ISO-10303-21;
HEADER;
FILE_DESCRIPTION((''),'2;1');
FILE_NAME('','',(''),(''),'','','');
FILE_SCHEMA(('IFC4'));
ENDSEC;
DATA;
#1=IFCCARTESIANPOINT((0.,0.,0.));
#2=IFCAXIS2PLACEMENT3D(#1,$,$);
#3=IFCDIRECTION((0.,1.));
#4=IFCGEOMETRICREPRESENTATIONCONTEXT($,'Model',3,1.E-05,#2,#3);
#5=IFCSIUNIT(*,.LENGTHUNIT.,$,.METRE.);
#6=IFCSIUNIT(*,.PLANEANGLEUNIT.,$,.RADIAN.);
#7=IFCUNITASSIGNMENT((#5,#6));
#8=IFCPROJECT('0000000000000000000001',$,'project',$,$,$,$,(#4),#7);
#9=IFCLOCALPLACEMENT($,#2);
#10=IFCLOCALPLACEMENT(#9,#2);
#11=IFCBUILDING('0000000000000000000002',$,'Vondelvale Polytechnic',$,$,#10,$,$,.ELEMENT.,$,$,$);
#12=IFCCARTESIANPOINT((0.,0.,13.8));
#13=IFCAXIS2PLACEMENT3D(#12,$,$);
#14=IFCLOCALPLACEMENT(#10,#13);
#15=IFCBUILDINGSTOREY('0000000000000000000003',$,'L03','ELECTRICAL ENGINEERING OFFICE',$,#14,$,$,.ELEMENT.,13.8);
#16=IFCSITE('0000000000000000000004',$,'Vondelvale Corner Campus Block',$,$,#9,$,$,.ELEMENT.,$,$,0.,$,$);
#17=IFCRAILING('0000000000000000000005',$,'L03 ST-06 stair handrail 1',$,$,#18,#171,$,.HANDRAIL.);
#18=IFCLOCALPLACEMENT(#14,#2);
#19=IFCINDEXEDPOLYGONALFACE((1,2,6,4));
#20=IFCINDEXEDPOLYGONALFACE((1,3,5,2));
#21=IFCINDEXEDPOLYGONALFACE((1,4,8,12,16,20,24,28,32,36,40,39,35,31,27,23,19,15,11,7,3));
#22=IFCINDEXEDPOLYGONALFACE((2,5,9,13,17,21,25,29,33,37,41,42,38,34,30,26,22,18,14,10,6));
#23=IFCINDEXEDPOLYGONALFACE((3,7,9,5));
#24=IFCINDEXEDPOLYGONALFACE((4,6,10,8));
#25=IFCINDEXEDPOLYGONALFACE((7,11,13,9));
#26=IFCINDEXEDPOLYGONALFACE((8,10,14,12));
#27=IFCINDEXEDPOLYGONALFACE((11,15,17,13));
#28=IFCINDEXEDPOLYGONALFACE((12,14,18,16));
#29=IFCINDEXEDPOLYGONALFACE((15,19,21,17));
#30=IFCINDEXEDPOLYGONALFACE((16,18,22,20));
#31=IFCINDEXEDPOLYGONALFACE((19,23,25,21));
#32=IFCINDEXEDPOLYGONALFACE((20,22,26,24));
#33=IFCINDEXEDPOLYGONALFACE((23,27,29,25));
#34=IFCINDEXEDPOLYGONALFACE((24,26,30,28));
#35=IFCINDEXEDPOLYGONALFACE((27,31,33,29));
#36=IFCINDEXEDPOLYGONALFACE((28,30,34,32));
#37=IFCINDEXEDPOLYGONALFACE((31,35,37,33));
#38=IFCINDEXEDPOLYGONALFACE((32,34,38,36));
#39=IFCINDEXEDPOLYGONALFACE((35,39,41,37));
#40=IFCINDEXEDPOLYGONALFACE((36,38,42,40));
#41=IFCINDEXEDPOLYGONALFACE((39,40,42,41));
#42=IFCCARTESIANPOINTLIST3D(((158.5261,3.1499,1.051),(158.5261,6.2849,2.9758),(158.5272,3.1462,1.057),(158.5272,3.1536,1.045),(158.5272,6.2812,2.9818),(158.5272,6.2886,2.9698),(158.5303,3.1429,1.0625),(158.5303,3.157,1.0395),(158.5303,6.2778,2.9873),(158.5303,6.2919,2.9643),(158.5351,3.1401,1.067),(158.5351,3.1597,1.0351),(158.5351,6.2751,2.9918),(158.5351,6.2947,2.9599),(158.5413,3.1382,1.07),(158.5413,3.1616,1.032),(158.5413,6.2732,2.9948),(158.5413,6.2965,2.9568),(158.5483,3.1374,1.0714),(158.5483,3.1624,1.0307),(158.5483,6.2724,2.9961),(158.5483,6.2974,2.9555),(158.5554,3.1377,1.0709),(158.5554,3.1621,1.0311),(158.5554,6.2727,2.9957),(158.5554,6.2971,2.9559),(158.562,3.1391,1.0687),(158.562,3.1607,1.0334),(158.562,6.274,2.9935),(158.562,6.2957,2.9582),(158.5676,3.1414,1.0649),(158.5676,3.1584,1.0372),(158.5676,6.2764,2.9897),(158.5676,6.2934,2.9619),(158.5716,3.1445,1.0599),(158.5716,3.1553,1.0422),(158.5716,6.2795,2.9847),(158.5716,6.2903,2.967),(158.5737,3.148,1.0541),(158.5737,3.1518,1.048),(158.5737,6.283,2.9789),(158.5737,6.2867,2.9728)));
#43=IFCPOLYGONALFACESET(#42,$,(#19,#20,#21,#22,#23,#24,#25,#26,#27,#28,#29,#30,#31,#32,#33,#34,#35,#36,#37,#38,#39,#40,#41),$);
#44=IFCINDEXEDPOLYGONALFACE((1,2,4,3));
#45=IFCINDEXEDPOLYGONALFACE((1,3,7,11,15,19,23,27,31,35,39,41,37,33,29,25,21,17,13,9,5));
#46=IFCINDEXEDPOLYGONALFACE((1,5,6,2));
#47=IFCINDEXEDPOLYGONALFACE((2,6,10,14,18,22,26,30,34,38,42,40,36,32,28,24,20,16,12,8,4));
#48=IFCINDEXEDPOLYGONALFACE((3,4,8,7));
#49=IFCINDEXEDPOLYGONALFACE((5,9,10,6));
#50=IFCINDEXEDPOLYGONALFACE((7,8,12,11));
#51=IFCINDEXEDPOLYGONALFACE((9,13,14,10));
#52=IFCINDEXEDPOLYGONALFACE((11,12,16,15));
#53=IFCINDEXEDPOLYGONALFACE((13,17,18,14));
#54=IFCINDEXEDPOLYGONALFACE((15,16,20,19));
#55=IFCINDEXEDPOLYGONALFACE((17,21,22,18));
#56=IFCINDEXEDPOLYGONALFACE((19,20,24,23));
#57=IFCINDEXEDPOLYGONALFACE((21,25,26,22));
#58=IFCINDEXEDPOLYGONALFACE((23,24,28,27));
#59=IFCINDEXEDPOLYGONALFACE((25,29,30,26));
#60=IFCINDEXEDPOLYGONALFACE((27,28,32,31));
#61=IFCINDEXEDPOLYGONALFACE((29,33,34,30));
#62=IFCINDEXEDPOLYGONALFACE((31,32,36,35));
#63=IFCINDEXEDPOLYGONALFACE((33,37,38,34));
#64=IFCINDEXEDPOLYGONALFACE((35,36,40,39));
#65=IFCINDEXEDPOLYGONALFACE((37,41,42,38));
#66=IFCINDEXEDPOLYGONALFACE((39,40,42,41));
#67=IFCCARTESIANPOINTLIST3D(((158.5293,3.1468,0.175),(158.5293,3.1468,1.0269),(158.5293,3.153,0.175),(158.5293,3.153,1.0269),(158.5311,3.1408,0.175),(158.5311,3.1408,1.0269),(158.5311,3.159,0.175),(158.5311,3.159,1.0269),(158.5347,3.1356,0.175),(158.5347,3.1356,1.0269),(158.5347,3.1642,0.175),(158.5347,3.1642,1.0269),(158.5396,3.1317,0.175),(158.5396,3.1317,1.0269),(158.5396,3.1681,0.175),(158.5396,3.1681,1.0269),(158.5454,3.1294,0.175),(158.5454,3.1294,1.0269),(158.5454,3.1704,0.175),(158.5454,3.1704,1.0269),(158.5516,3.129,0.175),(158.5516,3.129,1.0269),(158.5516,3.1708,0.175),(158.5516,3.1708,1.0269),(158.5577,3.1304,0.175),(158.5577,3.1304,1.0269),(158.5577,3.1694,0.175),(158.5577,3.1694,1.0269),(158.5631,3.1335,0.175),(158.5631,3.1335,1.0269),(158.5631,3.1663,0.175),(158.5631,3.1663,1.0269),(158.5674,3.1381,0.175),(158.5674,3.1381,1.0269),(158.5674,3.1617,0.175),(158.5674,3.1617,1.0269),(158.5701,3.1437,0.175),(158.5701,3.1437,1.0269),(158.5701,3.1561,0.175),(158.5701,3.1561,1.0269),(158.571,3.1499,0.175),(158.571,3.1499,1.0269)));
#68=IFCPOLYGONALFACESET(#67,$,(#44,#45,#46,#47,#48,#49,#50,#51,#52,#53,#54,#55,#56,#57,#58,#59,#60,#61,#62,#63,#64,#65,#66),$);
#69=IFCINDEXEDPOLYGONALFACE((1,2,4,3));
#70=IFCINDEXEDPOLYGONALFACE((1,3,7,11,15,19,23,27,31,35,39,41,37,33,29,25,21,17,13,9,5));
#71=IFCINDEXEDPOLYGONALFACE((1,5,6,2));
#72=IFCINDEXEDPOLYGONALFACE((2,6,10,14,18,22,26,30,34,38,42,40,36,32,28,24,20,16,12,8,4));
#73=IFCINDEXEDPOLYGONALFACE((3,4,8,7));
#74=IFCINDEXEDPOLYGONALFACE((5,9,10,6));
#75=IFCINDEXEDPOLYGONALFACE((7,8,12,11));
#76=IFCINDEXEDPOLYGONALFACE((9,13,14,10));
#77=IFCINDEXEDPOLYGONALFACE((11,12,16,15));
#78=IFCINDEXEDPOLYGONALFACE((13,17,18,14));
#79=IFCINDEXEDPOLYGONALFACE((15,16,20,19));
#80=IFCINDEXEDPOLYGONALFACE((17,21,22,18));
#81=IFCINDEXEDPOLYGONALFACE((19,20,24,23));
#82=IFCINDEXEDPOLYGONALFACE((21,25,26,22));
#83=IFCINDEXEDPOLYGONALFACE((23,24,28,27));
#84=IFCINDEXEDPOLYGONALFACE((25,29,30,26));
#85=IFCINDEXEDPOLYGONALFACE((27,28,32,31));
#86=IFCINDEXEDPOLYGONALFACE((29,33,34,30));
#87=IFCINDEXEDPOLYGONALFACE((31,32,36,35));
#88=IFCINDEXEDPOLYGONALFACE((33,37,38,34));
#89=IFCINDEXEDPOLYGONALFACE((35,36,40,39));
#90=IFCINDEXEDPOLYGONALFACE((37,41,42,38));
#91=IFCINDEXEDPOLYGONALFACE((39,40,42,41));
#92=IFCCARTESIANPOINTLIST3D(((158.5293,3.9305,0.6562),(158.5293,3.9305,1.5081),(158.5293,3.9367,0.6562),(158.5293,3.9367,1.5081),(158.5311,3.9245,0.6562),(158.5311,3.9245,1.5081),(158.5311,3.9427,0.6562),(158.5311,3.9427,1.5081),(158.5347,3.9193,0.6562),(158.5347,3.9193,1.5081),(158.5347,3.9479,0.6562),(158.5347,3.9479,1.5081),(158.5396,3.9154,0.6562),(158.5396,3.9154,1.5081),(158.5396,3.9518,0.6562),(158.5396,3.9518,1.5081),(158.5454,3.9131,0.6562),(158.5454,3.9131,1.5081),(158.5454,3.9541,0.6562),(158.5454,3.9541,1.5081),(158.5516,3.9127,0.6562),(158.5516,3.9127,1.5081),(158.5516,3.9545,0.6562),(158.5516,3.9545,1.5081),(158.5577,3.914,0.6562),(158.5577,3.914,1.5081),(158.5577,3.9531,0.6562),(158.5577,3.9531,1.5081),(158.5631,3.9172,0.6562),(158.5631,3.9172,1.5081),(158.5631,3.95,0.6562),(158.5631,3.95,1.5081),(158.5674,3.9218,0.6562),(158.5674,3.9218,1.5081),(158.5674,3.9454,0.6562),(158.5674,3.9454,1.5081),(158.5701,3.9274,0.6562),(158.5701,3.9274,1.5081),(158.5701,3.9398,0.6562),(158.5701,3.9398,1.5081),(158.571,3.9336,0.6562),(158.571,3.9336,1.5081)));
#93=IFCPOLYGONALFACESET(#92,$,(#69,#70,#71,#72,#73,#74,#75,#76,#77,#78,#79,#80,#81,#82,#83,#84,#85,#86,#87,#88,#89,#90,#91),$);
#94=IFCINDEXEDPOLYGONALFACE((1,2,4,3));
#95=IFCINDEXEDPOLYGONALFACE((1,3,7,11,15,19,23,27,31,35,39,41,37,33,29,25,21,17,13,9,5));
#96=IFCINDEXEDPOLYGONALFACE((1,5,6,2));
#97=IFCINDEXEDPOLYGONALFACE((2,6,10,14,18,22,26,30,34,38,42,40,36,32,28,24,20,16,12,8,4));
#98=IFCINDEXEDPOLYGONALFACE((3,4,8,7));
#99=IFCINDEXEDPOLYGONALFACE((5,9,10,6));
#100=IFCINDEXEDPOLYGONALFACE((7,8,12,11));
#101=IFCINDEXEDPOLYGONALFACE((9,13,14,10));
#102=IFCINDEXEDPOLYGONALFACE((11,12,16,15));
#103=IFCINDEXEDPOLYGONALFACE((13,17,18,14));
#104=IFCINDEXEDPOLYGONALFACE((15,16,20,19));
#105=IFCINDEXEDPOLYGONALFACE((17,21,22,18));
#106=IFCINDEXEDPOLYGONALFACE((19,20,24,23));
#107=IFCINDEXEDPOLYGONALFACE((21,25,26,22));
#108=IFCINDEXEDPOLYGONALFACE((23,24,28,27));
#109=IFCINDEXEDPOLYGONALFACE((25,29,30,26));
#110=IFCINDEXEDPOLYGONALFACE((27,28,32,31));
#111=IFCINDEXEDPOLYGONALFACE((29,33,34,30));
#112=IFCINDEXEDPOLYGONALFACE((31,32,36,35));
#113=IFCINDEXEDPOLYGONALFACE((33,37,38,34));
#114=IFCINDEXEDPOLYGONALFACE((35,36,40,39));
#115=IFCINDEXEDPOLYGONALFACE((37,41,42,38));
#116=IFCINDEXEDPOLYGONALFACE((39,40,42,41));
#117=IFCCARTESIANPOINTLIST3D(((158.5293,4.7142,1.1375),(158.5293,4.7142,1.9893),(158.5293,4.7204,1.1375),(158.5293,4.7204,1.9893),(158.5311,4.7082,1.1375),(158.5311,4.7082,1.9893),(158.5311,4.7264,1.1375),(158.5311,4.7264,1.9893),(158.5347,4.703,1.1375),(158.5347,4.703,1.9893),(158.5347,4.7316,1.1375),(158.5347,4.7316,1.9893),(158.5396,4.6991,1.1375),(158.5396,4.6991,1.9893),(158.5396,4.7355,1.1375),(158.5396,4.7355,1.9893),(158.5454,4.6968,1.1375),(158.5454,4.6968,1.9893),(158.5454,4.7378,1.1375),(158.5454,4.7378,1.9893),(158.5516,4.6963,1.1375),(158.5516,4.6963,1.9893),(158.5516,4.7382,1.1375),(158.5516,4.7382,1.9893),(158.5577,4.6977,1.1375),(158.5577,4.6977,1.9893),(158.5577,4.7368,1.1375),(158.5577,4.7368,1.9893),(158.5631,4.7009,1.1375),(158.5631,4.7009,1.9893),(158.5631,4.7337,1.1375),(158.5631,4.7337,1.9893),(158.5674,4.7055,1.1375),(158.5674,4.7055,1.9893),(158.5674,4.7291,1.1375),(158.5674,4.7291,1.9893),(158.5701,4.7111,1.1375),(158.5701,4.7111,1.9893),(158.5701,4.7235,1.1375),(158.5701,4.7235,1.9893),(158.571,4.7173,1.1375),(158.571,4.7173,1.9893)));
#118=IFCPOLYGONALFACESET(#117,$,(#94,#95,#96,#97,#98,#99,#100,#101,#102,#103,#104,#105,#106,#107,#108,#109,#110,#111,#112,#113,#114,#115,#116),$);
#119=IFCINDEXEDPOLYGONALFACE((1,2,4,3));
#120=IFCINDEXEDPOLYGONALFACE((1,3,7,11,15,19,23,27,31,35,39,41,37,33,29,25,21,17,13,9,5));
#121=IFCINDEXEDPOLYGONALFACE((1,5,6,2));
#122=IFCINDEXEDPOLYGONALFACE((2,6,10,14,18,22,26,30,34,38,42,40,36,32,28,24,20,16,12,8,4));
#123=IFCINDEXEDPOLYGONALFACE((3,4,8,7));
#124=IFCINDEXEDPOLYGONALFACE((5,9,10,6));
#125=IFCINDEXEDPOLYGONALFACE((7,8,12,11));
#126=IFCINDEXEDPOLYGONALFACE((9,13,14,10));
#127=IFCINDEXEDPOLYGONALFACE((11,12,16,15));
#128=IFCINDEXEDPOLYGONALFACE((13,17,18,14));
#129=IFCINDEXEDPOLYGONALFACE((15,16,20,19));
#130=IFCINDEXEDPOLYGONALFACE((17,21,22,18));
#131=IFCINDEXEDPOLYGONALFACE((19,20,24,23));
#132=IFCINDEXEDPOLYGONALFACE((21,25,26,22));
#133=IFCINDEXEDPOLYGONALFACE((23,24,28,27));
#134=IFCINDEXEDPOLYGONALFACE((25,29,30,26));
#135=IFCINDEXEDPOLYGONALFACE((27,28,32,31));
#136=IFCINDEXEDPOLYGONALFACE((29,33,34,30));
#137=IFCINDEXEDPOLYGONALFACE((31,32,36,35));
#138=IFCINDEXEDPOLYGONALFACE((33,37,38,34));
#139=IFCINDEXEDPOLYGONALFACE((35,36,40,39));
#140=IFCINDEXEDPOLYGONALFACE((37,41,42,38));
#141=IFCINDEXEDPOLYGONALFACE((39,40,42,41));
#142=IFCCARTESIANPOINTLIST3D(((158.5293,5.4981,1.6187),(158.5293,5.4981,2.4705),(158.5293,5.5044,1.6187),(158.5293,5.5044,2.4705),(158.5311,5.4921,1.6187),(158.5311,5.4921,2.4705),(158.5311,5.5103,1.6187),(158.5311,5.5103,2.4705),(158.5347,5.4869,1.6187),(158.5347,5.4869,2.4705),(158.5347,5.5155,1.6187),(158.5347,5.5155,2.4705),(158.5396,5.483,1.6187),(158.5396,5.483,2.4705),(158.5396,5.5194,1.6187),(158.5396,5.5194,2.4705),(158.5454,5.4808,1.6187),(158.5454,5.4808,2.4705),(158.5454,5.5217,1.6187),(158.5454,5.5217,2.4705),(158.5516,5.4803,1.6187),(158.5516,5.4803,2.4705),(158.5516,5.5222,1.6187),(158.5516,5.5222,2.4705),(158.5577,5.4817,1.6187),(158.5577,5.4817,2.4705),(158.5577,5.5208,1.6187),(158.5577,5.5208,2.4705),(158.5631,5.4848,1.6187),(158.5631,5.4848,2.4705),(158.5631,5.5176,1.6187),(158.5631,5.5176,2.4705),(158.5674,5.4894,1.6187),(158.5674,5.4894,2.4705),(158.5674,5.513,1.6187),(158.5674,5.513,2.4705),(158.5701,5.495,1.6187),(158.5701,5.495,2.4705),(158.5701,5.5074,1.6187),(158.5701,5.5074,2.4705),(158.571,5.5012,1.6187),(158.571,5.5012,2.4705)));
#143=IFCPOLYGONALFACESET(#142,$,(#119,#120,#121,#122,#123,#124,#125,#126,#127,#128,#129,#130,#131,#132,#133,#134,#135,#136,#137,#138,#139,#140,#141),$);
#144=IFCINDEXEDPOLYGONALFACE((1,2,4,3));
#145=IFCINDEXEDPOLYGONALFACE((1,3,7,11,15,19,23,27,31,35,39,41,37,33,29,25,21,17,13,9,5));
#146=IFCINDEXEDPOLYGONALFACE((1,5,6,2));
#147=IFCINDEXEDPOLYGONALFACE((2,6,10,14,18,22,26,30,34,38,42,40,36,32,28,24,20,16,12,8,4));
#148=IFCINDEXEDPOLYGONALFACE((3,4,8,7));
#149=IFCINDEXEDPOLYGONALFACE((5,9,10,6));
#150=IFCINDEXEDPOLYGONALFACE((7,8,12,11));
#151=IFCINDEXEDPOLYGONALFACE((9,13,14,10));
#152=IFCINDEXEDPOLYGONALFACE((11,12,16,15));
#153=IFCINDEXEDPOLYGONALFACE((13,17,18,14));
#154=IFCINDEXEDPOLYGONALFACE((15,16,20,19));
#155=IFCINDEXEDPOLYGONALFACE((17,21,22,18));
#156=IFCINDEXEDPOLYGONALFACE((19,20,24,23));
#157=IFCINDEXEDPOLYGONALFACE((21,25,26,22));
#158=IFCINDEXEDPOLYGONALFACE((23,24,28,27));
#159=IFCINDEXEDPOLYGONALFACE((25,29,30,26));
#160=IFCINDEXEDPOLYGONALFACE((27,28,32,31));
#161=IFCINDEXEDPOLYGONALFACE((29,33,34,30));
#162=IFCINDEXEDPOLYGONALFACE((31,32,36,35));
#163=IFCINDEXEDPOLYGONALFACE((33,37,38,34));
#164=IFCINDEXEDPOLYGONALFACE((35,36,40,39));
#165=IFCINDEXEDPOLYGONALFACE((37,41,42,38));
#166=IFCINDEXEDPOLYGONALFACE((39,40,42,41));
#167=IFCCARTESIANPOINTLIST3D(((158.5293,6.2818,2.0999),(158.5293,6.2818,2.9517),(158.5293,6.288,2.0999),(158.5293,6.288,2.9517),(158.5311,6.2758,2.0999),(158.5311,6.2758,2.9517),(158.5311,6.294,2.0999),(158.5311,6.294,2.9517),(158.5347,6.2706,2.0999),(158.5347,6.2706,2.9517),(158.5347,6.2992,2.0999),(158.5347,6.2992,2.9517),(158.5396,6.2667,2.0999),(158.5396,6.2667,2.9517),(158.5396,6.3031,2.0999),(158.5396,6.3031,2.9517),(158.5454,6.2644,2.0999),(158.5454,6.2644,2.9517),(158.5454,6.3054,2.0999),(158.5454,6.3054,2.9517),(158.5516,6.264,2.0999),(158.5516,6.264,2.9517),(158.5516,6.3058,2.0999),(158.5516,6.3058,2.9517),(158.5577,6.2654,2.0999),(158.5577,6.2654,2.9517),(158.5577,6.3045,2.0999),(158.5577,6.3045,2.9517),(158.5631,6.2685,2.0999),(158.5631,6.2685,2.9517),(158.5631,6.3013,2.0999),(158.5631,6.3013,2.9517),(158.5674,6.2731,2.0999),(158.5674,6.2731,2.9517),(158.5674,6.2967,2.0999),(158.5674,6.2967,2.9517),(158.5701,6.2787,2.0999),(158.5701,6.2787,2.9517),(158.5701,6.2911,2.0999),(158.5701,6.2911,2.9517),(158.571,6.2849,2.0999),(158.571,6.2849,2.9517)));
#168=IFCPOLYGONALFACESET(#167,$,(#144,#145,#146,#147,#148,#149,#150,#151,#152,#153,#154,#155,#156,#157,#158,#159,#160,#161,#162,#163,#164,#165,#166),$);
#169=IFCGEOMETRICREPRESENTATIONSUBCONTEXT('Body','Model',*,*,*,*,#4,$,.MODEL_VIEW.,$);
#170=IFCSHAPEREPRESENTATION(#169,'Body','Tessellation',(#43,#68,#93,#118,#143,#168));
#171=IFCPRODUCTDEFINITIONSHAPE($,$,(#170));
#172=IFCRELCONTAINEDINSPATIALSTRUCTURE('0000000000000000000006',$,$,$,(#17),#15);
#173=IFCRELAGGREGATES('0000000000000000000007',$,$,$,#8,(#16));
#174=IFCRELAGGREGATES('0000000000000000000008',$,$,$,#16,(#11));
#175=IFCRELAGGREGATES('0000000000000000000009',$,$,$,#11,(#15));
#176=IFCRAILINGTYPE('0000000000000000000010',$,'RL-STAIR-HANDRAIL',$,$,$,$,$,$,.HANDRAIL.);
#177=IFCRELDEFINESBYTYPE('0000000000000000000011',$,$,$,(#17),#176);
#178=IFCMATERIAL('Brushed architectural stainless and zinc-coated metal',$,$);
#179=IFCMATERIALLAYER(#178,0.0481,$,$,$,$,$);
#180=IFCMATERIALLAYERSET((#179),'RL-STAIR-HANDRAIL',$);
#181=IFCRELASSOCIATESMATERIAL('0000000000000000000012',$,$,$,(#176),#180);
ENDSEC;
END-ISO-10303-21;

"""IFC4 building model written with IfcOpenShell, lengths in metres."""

from ifc_helpers import new_model, si_unit, direction, frame, origin, origin_2d, place, context, subcontext, project, spatial, circle, extrude, material, layer, layer_set, type_object, element, save


model = new_model("IFC4")

# Units and contexts
model_context = context("Model", 3, precision=1e-05, world=origin(), true_north=direction((0.0, 1.0)))
body_context = subcontext(model_context, "Body", "Model", "MODEL_VIEW")
ifc_project = project(units=[si_unit("LENGTHUNIT", "METRE"), si_unit("PLANEANGLEUNIT", "RADIAN")], contexts=[model_context])

# Site, building, storey
site_placement = place(None, origin())
site = spatial("IfcSite", under=ifc_project, at=site_placement, Name="Vondelvale Corner Campus Block", CompositionType="ELEMENT", RefElevation=0.0)
building_placement = place(site_placement, origin())
building = spatial("IfcBuilding", under=site, at=building_placement, Name="Vondelvale Polytechnic", CompositionType="ELEMENT")
storey_placement = place(building_placement, frame((0.0, 0.0, 13.8)))
storey = spatial("IfcBuildingStorey", under=building, at=storey_placement, Name="L03", Description="ELECTRICAL ENGINEERING OFFICE", CompositionType="ELEMENT", Elevation=13.8)

# Shared definitions
ifc_material_1 = material(Name="Brushed architectural stainless and zinc-coated metal")

# Railing
ifc_layer_1 = layer(ifc_material_1, 0.0481)
ifc_layer_set_1 = layer_set([ifc_layer_1], Name="RL-STAIR-HANDRAIL")
railing_type_1 = type_object("IfcRailingType", Name="RL-STAIR-HANDRAIL", PredefinedType="HANDRAIL", material=ifc_layer_set_1)
railing_1_placement = place(storey_placement, frame((158.55, 3.1499, 0.175)))
element("IfcRailing", 1, at=railing_1_placement, inside=storey, type_object=railing_type_1, Name="L03 ST-06 stair handrail 1", PredefinedType="HANDRAIL", context=body_context, shape_type="SweptSolid", body=[
    extrude(circle(Radius=0.0239, at=origin_2d()), frame((0.0, 0.0, 0.876), z_axis=(0.0, 0.852196, 0.523223), x_axis=(-1.0, 0.0, 0.0)), (0.0, 0.0, 1.0), 3.6787),
    extrude(circle(Radius=0.021, at=origin_2d()), origin(), (0.0, 0.0, 1.0), 0.8518),
    extrude(circle(Radius=0.021, at=origin_2d()), frame((0.0, 0.7837, 0.4812)), (0.0, 0.0, 1.0), 0.8518),
    extrude(circle(Radius=0.021, at=origin_2d()), frame((0.0, 1.5674, 0.9624)), (0.0, 0.0, 1.0), 0.8518),
    extrude(circle(Radius=0.021, at=origin_2d()), frame((0.0, 2.3513, 1.4436)), (0.0, 0.0, 1.0), 0.8518),
    extrude(circle(Radius=0.021, at=origin_2d()), frame((0.0, 3.135, 1.9248)), (0.0, 0.0, 1.0), 0.8518),
])

save(model, "model.ifc")
